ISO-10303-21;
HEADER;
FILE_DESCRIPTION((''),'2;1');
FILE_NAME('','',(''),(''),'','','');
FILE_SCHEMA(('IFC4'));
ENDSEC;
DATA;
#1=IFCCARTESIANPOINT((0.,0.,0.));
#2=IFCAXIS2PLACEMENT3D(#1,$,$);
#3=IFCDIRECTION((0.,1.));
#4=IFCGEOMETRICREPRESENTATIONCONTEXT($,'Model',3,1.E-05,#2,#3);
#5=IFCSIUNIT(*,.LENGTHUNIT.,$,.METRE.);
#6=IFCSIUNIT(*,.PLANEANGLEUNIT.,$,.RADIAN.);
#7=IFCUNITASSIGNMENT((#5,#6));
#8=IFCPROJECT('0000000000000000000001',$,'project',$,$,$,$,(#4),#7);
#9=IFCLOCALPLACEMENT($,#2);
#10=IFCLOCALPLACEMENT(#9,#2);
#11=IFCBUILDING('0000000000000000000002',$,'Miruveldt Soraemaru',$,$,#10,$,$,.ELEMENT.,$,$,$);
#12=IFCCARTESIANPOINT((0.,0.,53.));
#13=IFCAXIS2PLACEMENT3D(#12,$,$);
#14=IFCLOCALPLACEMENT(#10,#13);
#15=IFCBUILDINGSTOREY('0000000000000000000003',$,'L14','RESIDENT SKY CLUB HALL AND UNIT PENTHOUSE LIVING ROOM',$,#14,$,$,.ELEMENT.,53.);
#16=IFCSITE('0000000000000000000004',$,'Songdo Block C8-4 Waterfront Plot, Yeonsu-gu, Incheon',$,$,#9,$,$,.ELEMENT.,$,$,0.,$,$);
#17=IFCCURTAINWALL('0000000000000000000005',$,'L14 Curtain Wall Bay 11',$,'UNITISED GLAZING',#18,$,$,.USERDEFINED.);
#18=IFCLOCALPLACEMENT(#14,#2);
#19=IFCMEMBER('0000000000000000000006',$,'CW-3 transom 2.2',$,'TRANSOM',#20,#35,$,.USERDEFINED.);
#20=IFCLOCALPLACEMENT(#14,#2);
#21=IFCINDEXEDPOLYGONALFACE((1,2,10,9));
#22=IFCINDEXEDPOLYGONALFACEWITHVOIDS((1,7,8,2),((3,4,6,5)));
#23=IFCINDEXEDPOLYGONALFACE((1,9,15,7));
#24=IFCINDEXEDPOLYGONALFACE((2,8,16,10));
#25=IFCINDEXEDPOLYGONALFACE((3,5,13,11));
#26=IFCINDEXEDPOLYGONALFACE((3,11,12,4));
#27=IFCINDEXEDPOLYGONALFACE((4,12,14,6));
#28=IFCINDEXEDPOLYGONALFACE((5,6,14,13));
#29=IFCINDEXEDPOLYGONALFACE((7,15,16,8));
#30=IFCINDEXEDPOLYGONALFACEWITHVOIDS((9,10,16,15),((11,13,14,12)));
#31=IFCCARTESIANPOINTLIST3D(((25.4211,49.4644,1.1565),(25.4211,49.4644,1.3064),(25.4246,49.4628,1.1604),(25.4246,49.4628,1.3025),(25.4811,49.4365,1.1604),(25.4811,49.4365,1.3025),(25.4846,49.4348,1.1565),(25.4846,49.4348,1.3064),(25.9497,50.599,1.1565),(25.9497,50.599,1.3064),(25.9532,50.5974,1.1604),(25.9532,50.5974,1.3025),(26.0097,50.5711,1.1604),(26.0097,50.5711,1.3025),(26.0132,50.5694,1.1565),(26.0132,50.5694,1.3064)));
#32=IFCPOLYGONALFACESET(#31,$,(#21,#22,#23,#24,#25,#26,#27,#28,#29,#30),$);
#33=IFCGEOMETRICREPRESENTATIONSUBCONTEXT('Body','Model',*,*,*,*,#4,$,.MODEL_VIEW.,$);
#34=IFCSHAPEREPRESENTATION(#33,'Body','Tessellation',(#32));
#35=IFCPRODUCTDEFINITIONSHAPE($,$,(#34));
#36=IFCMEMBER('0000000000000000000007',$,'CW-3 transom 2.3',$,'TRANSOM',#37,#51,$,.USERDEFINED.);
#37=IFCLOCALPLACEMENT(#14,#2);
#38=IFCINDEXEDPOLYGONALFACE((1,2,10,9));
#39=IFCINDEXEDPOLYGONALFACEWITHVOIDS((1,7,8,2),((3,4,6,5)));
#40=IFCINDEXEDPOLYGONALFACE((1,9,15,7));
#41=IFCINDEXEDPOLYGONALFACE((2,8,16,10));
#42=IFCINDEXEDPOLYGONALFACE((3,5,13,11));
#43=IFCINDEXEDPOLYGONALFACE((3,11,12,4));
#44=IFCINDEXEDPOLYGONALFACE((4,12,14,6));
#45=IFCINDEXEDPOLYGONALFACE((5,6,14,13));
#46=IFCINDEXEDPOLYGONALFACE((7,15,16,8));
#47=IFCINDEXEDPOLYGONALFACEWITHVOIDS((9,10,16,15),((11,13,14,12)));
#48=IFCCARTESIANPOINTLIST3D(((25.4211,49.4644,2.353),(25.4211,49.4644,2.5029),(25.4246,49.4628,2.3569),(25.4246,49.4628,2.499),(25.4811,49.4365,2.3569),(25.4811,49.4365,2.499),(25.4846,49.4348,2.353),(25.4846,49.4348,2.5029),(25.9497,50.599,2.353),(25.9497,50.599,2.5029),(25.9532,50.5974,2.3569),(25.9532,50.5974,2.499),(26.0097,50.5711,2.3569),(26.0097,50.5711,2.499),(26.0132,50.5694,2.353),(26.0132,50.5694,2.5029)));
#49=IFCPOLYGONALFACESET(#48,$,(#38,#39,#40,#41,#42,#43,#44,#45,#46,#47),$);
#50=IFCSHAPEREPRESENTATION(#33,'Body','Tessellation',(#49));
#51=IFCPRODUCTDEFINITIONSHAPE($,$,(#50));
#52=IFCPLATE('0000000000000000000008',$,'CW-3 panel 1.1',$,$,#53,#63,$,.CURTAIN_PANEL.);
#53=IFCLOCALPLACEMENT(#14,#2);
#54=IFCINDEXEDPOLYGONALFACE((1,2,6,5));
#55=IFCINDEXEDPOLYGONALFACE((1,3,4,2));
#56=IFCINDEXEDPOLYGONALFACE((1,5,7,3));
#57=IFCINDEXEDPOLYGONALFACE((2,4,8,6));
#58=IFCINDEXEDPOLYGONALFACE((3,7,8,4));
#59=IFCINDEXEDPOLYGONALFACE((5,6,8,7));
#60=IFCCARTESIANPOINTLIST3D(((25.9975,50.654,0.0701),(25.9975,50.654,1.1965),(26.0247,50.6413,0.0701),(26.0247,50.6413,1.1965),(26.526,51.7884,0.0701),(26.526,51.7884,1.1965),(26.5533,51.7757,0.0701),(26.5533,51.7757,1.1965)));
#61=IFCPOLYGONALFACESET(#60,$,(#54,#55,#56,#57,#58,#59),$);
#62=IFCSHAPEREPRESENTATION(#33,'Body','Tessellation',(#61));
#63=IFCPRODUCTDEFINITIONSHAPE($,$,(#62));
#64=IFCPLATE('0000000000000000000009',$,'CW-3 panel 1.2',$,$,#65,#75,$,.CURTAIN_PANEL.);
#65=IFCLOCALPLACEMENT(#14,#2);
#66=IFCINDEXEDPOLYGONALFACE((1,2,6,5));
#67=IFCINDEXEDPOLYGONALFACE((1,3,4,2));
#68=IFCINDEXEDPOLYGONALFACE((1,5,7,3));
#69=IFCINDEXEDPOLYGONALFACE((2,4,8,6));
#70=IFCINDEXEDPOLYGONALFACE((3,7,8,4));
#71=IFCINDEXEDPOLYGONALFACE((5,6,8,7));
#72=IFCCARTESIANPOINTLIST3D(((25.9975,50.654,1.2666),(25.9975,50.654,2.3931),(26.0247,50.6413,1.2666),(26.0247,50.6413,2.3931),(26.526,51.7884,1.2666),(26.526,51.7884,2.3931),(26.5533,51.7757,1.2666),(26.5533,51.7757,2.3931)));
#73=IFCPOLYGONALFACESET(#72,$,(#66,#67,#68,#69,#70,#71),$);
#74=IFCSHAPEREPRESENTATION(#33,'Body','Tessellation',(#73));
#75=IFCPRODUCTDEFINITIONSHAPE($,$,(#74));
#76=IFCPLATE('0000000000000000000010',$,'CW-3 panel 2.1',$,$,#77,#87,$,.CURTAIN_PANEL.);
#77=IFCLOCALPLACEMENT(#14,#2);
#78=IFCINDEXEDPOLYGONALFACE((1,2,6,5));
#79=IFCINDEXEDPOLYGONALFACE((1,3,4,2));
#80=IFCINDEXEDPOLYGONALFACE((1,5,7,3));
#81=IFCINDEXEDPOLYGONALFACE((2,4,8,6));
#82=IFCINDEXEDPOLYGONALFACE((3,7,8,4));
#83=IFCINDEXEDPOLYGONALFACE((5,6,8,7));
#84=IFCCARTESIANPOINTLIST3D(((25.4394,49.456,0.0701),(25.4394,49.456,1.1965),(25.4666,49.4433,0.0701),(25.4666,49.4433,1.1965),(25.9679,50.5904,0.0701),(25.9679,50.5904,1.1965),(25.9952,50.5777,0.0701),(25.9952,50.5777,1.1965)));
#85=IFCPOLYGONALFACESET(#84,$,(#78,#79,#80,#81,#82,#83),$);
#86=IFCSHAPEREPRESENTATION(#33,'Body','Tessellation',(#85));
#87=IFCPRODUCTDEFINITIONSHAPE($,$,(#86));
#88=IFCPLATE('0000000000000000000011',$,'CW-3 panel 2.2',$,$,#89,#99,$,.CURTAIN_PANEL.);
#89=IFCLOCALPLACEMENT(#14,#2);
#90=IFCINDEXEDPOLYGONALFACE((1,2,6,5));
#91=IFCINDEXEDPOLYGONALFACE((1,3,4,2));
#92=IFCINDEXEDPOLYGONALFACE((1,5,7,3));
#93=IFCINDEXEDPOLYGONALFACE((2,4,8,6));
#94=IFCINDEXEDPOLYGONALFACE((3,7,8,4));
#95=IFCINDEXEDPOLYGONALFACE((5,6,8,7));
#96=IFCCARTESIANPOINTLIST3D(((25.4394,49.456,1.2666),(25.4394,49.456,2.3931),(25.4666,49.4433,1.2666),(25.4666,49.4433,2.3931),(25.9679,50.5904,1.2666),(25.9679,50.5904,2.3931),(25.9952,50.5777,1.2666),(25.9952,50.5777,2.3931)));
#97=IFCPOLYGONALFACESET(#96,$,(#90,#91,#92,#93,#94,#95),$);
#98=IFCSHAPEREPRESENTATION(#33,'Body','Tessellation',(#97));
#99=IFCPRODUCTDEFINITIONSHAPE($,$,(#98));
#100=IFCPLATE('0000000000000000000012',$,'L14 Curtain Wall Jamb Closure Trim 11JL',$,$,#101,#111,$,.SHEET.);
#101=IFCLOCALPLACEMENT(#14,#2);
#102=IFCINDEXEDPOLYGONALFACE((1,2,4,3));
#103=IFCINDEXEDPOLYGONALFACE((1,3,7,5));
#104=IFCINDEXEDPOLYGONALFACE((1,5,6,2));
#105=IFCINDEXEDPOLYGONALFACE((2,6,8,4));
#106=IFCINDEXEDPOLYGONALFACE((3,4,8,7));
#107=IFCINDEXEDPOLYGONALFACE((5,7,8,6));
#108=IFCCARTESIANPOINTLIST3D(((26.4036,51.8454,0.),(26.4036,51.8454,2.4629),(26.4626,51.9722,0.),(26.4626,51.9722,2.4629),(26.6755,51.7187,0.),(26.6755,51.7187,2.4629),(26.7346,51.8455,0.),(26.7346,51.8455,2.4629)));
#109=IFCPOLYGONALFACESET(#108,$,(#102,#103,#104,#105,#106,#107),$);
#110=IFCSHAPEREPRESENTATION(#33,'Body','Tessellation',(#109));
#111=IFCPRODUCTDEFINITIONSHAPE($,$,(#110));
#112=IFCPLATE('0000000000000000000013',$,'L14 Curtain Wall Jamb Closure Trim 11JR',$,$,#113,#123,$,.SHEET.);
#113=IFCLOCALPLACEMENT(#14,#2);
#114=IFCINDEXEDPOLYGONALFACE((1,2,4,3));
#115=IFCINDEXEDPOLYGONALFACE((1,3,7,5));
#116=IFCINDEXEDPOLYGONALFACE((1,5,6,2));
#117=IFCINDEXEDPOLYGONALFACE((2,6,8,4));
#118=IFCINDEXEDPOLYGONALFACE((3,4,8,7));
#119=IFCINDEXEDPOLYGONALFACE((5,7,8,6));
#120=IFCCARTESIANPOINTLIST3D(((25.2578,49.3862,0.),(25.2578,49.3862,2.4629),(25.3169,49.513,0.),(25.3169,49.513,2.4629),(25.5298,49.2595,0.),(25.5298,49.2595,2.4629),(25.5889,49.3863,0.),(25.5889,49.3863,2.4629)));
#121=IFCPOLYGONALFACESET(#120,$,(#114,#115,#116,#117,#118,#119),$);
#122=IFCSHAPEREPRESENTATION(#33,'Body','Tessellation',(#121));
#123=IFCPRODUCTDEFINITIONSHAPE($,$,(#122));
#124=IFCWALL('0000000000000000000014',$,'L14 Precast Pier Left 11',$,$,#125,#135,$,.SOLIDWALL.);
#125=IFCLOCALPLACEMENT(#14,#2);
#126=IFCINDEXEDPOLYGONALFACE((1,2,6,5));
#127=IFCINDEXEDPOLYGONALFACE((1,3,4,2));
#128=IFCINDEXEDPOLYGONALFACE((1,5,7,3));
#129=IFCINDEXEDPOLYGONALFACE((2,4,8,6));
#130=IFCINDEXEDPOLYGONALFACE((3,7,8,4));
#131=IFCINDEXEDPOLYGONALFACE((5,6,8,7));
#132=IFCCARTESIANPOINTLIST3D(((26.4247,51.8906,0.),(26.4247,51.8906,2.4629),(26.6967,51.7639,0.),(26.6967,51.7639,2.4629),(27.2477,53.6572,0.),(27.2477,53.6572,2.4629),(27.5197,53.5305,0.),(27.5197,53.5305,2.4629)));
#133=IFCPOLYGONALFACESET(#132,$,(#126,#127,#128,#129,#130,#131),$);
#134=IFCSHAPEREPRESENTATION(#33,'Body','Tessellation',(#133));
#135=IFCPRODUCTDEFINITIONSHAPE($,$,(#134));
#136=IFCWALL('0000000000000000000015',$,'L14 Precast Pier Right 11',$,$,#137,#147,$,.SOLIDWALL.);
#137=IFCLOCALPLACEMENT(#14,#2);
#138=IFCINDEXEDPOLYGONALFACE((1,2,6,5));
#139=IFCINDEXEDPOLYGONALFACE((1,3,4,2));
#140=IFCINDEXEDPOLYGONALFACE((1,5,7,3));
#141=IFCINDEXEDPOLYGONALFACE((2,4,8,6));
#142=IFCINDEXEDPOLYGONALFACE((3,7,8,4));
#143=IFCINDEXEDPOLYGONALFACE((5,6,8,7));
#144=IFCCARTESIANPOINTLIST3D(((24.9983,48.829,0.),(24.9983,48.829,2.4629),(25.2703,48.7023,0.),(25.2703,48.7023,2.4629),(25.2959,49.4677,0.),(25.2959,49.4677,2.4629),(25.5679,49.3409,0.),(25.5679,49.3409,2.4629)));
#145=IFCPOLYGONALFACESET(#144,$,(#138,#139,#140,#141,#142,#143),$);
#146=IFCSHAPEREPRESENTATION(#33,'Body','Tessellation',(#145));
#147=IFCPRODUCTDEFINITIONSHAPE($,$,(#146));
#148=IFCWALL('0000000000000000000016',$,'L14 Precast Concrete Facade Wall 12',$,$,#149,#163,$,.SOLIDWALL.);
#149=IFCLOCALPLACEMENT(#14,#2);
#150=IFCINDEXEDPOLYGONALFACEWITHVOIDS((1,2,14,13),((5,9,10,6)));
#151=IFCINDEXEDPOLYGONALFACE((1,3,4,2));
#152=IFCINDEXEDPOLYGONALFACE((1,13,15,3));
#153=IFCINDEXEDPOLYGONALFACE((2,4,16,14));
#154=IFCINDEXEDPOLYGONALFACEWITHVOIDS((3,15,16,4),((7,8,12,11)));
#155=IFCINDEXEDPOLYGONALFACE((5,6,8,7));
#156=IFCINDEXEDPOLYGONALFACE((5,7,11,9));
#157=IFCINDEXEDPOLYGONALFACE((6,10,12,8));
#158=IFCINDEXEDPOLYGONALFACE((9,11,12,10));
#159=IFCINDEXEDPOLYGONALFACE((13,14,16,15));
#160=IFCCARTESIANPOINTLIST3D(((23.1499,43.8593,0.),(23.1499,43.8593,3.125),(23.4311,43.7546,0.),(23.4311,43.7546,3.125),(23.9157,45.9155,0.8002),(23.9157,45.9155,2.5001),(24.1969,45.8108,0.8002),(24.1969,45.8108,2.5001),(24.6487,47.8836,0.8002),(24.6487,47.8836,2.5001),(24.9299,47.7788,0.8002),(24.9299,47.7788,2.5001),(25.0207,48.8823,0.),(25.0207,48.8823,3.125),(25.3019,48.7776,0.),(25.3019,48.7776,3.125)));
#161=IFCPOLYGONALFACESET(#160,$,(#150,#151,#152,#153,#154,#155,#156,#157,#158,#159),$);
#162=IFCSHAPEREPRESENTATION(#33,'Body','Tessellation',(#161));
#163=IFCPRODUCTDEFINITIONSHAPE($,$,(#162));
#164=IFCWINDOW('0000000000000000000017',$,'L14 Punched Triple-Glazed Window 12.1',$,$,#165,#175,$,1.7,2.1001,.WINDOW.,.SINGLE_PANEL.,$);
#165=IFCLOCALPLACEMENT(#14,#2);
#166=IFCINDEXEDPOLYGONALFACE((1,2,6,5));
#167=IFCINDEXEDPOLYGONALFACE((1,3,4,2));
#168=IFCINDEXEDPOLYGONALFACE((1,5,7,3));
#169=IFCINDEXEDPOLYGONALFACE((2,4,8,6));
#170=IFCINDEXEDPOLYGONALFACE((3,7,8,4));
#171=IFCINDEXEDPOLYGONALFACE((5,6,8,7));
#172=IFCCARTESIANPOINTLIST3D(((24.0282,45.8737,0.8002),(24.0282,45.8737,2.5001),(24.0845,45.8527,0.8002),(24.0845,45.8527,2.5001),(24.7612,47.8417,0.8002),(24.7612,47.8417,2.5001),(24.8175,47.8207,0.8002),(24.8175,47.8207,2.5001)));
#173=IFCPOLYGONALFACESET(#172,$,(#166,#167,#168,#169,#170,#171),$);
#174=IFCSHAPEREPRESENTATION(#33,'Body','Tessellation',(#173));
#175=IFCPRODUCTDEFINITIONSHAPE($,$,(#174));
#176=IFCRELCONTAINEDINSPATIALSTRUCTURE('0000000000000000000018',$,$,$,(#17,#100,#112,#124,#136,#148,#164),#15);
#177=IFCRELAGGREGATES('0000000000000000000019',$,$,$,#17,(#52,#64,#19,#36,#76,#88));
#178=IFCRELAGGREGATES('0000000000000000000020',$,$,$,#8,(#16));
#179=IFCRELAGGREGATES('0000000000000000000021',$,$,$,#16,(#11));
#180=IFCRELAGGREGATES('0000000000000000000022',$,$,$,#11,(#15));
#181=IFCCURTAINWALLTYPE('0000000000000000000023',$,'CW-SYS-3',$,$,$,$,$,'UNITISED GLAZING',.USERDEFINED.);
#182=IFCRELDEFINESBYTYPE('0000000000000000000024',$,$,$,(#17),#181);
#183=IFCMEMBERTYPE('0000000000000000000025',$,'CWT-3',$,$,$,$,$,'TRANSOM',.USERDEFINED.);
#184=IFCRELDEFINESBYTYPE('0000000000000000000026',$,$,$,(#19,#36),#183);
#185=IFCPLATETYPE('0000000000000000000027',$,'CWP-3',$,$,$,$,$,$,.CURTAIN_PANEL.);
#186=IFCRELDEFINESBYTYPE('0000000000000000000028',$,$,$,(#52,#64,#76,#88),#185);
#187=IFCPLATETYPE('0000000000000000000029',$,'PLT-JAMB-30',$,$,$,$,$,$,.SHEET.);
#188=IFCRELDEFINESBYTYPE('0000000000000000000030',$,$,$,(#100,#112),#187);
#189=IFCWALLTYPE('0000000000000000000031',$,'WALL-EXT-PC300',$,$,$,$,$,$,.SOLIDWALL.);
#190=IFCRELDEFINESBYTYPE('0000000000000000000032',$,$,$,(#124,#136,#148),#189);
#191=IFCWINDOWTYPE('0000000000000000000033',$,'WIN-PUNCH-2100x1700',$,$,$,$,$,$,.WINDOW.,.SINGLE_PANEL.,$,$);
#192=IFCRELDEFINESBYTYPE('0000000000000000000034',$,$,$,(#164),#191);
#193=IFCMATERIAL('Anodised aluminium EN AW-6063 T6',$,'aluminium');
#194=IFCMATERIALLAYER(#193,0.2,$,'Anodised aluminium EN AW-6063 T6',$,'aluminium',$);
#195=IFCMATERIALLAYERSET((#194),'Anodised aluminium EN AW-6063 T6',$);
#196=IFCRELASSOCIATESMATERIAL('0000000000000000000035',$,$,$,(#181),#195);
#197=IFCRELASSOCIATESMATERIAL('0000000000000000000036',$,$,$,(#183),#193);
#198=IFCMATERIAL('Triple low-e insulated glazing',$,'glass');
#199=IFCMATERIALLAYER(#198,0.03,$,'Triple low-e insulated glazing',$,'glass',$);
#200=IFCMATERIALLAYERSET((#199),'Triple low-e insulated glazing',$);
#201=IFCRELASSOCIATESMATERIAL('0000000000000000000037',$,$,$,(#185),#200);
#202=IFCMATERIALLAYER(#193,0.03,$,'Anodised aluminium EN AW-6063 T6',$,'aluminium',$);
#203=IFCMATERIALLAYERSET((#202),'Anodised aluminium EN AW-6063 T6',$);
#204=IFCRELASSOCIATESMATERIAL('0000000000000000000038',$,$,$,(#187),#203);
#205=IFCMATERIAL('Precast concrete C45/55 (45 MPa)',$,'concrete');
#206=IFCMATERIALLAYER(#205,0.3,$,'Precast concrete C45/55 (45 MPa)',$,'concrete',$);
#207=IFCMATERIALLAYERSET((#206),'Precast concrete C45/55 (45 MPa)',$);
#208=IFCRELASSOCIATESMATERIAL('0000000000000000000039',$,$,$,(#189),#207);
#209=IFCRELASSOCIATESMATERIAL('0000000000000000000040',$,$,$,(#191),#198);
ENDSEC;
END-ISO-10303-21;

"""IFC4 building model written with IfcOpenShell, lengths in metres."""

from ifc_helpers import new_model, si_unit, direction, frame, frame_2d, origin, origin_2d, place, context, subcontext, project, spatial, rectangle, hollow_rectangle, extrude, material, layer, layer_set, material_profile, profile_set, type_object, element, fill, aggregate, save


model = new_model("IFC4")

# Units and contexts
model_context = context("Model", 3, precision=1e-05, world=origin(), true_north=direction((0.0, 1.0)))
body_context = subcontext(model_context, "Body", "Model", "MODEL_VIEW")
ifc_project = project(units=[si_unit("LENGTHUNIT", "METRE"), si_unit("PLANEANGLEUNIT", "RADIAN")], contexts=[model_context])

# Site, building, storey
site_placement = place(None, origin())
site = spatial("IfcSite", under=ifc_project, at=site_placement, Name="Songdo Block C8-4 Waterfront Plot, Yeonsu-gu, Incheon", CompositionType="ELEMENT", RefElevation=0.0)
building_placement = place(site_placement, origin())
building = spatial("IfcBuilding", under=site, at=building_placement, Name="Miruveldt Soraemaru", CompositionType="ELEMENT")
storey_placement = place(building_placement, frame((0.0, 0.0, 53.0)))
storey = spatial("IfcBuildingStorey", under=building, at=storey_placement, Name="L14", Description="RESIDENT SKY CLUB HALL AND UNIT PENTHOUSE LIVING ROOM", CompositionType="ELEMENT", Elevation=53.0)

# Curtain wall, members, plates
ifc_material_1 = material(Name="Anodised aluminium EN AW-6063 T6", Category="aluminium")
ifc_layer_1 = layer(ifc_material_1, 0.2, Name="Anodised aluminium EN AW-6063 T6", Category="aluminium")
ifc_layer_set_1 = layer_set([ifc_layer_1], Name="Anodised aluminium EN AW-6063 T6")
curtain_wall_type = type_object("IfcCurtainWallType", Name="CW-SYS-3", ElementType="UNITISED GLAZING", PredefinedType="USERDEFINED", material=ifc_layer_set_1)
curtain_wall_placement = place(storey_placement, origin())
curtain_wall = element("IfcCurtainWall", 1, at=curtain_wall_placement, inside=storey, type_object=curtain_wall_type, Name="L14 Curtain Wall Bay 11", ObjectType="UNITISED GLAZING", PredefinedType="USERDEFINED")
ifc_material_profile_1 = material_profile(ifc_material_1, hollow_rectangle(XDim=0.0701, YDim=0.1499, WallThickness=0.0039, at=origin_2d()), Name="Anodised aluminium EN AW-6063 T6", Category="aluminium")
ifc_profile_set_1 = profile_set([ifc_material_profile_1], Name="Anodised aluminium EN AW-6063 T6")
member_type_1 = type_object("IfcMemberType", Name="CWT-3", ElementType="TRANSOM", PredefinedType="USERDEFINED", material=ifc_profile_set_1)
member_1_placement = place(storey_placement, frame((25.9814, 50.5842, 1.2314), z_axis=(-0.422309, -0.906452, 0.0), x_axis=(0.906452, -0.422309, 0.0)))
member_1 = element("IfcMember", 2, at=member_1_placement, type_object=member_type_1, Name="CW-3 transom 2.2", ObjectType="TRANSOM", PredefinedType="USERDEFINED", context=body_context, shape_type="SweptSolid", body=[
    extrude(hollow_rectangle(XDim=0.0701, YDim=0.1499, WallThickness=0.0039, at=origin_2d()), origin(), (0.0, 0.0, 1.0), 1.2517),
])
member_2_placement = place(storey_placement, frame((25.9814, 50.5842, 2.428), z_axis=(-0.422309, -0.906452, 0.0), x_axis=(0.906452, -0.422309, 0.0)))
member_2 = element("IfcMember", 3, at=member_2_placement, type_object=member_type_1, Name="CW-3 transom 2.3", ObjectType="TRANSOM", PredefinedType="USERDEFINED", context=body_context, shape_type="SweptSolid", body=[
    extrude(hollow_rectangle(XDim=0.0701, YDim=0.1499, WallThickness=0.0039, at=origin_2d()), origin(), (0.0, 0.0, 1.0), 1.2517),
])
ifc_material_2 = material(Name="Triple low-e insulated glazing", Category="glass")
ifc_layer_2 = layer(ifc_material_2, 0.03, Name="Triple low-e insulated glazing", Category="glass")
ifc_layer_set_2 = layer_set([ifc_layer_2], Name="Triple low-e insulated glazing")
plate_type_1 = type_object("IfcPlateType", Name="CWP-3", PredefinedType="CURTAIN_PANEL", material=ifc_layer_set_2)
plate_1_placement = place(storey_placement, frame((26.2754, 51.2148, 0.0701), z_axis=(0.0, 0.0, 1.0), x_axis=(-0.422332, -0.906441, 0.0)))
plate_1 = element("IfcPlate", 4, at=plate_1_placement, type_object=plate_type_1, Name="CW-3 panel 1.1", PredefinedType="CURTAIN_PANEL", context=body_context, shape_type="SweptSolid", body=[
    extrude(rectangle(XDim=1.2515, YDim=0.03, at=origin_2d()), origin(), (0.0, 0.0, 1.0), 1.1265),
])
plate_2_placement = place(storey_placement, frame((26.2754, 51.2148, 1.2666), z_axis=(0.0, 0.0, 1.0), x_axis=(-0.422332, -0.906441, 0.0)))
plate_2 = element("IfcPlate", 5, at=plate_2_placement, type_object=plate_type_1, Name="CW-3 panel 1.2", PredefinedType="CURTAIN_PANEL", context=body_context, shape_type="SweptSolid", body=[
    extrude(rectangle(XDim=1.2515, YDim=0.03, at=origin_2d()), origin(), (0.0, 0.0, 1.0), 1.1265),
])
plate_3_placement = place(storey_placement, frame((25.7173, 50.0168, 0.0701), z_axis=(0.0, 0.0, 1.0), x_axis=(-0.422332, -0.906441, 0.0)))
plate_3 = element("IfcPlate", 6, at=plate_3_placement, type_object=plate_type_1, Name="CW-3 panel 2.1", PredefinedType="CURTAIN_PANEL", context=body_context, shape_type="SweptSolid", body=[
    extrude(rectangle(XDim=1.2515, YDim=0.03, at=origin_2d()), origin(), (0.0, 0.0, 1.0), 1.1265),
])
plate_4_placement = place(storey_placement, frame((25.7173, 50.0168, 1.2666), z_axis=(0.0, 0.0, 1.0), x_axis=(-0.422332, -0.906441, 0.0)))
plate_4 = element("IfcPlate", 7, at=plate_4_placement, type_object=plate_type_1, Name="CW-3 panel 2.2", PredefinedType="CURTAIN_PANEL", context=body_context, shape_type="SweptSolid", body=[
    extrude(rectangle(XDim=1.2515, YDim=0.03, at=origin_2d()), origin(), (0.0, 0.0, 1.0), 1.1265),
])
aggregate(curtain_wall, [plate_1, plate_2, member_1, member_2, plate_3, plate_4])

# Plates
ifc_layer_3 = layer(ifc_material_1, 0.03, Name="Anodised aluminium EN AW-6063 T6", Category="aluminium")
ifc_layer_set_3 = layer_set([ifc_layer_3], Name="Anodised aluminium EN AW-6063 T6")
plate_type_2 = type_object("IfcPlateType", Name="PLT-JAMB-30", PredefinedType="SHEET", material=ifc_layer_set_3)
for number, where, z_axis, x_axis, name in (
    (8, (26.5691, 51.8455, 0.0), (0.0, 0.0, 1.0), (-0.422302, -0.906455, 0.0), "L14 Curtain Wall Jamb Closure Trim 11JL"),
    (9, (25.4233, 49.3862, 0.0), (0.0, 0.0, 1.0), (-0.422302, -0.906455, 0.0), "L14 Curtain Wall Jamb Closure Trim 11JR"),
):
    element("IfcPlate", number, at=place(storey_placement, frame(where, z_axis=z_axis, x_axis=x_axis)), inside=storey, type_object=plate_type_2, Name=name, PredefinedType="SHEET", context=body_context, shape_type="SweptSolid", body=[
        extrude(rectangle(XDim=0.1399, YDim=0.3, at=origin_2d()), origin(), (0.0, 0.0, 1.0), 2.4629),
    ])

# Walls
ifc_material_3 = material(Name="Precast concrete C45/55 (45 MPa)", Category="concrete")
ifc_layer_4 = layer(ifc_material_3, 0.3, Name="Precast concrete C45/55 (45 MPa)", Category="concrete")
ifc_layer_set_4 = layer_set([ifc_layer_4], Name="Precast concrete C45/55 (45 MPa)")
wall_type_1 = type_object("IfcWallType", Name="WALL-EXT-PC300", PredefinedType="SOLIDWALL", material=ifc_layer_set_4)
wall_1_placement = place(storey_placement, frame((27.3838, 53.594, 0.0), z_axis=(0.0, 0.0, 1.0), x_axis=(-0.422289, -0.906461, 0.0)))
element("IfcWall", 10, at=wall_1_placement, inside=storey, type_object=wall_type_1, Name="L14 Precast Pier Left 11", PredefinedType="SOLIDWALL", context=body_context, shape_type="SweptSolid", body=[
    extrude(rectangle(XDim=1.949, YDim=0.3, at=frame_2d((0.9746, 0.0))), origin(), (0.0, 0.0, 1.0), 2.4629),
])
wall_2_placement = place(storey_placement, frame((25.4319, 49.4043, 0.0), z_axis=(0.0, 0.0, 1.0), x_axis=(-0.422373, -0.906422, 0.0)))
element("IfcWall", 11, at=wall_2_placement, inside=storey, type_object=wall_type_1, Name="L14 Precast Pier Right 11", PredefinedType="SOLIDWALL", context=body_context, shape_type="SweptSolid", body=[
    extrude(rectangle(XDim=0.7046, YDim=0.3, at=frame_2d((0.3523, 0.0))), origin(), (0.0, 0.0, 1.0), 2.4629),
])

# Wall, opening, window
wall_3_placement = place(storey_placement, frame((25.1614, 48.8301, 0.0), z_axis=(0.0, 0.0, 1.0), x_axis=(-0.349036, -0.937109, 0.0)))
wall_3 = element("IfcWall", 12, at=wall_3_placement, inside=storey, type_object=wall_type_1, Name="L14 Precast Concrete Facade Wall 12", PredefinedType="SOLIDWALL", context=body_context, shape_type="SweptSolid", body=[
    extrude(rectangle(XDim=5.3601, YDim=0.3, at=frame_2d((2.6802, 0.0))), origin(), (0.0, 0.0, 1.0), 3.125),
])
opening_1_placement = place(wall_3_placement, frame((1.0659, 0.0, 0.8)))
opening_1 = element("IfcOpeningElement", 13, at=opening_1_placement, cuts=wall_3, PredefinedType="OPENING", context=body_context, shape_type="SweptSolid", body=[
    extrude(rectangle(XDim=2.1001, YDim=1.7, at=frame_2d((1.05, 0.8501))), frame((0.0, 0.1602, 0.0), z_axis=(0.0, -1.0, 0.0), x_axis=(1.0, 0.0, 0.0)), (0.0, 0.0, 1.0), 0.3201),
])
window_type = type_object("IfcWindowType", Name="WIN-PUNCH-2100x1700", PartitioningType="SINGLE_PANEL", PredefinedType="WINDOW", material=ifc_material_2)
window_1_placement = place(opening_1_placement, origin())
window_1 = element("IfcWindow", 14, at=window_1_placement, inside=storey, type_object=window_type, Name="L14 Punched Triple-Glazed Window 12.1", OverallHeight=1.7, OverallWidth=2.1001, PartitioningType="SINGLE_PANEL", PredefinedType="WINDOW", context=body_context, shape_type="SweptSolid", body=[
    extrude(rectangle(XDim=2.1001, YDim=1.7, at=frame_2d((1.05, 0.8501))), frame((0.0, 0.03, 0.0), z_axis=(0.0, -1.0, 0.0), x_axis=(1.0, 0.0, 0.0)), (0.0, 0.0, 1.0), 0.0601),
])
fill(opening_1, window_1)

save(model, "model.ifc")
